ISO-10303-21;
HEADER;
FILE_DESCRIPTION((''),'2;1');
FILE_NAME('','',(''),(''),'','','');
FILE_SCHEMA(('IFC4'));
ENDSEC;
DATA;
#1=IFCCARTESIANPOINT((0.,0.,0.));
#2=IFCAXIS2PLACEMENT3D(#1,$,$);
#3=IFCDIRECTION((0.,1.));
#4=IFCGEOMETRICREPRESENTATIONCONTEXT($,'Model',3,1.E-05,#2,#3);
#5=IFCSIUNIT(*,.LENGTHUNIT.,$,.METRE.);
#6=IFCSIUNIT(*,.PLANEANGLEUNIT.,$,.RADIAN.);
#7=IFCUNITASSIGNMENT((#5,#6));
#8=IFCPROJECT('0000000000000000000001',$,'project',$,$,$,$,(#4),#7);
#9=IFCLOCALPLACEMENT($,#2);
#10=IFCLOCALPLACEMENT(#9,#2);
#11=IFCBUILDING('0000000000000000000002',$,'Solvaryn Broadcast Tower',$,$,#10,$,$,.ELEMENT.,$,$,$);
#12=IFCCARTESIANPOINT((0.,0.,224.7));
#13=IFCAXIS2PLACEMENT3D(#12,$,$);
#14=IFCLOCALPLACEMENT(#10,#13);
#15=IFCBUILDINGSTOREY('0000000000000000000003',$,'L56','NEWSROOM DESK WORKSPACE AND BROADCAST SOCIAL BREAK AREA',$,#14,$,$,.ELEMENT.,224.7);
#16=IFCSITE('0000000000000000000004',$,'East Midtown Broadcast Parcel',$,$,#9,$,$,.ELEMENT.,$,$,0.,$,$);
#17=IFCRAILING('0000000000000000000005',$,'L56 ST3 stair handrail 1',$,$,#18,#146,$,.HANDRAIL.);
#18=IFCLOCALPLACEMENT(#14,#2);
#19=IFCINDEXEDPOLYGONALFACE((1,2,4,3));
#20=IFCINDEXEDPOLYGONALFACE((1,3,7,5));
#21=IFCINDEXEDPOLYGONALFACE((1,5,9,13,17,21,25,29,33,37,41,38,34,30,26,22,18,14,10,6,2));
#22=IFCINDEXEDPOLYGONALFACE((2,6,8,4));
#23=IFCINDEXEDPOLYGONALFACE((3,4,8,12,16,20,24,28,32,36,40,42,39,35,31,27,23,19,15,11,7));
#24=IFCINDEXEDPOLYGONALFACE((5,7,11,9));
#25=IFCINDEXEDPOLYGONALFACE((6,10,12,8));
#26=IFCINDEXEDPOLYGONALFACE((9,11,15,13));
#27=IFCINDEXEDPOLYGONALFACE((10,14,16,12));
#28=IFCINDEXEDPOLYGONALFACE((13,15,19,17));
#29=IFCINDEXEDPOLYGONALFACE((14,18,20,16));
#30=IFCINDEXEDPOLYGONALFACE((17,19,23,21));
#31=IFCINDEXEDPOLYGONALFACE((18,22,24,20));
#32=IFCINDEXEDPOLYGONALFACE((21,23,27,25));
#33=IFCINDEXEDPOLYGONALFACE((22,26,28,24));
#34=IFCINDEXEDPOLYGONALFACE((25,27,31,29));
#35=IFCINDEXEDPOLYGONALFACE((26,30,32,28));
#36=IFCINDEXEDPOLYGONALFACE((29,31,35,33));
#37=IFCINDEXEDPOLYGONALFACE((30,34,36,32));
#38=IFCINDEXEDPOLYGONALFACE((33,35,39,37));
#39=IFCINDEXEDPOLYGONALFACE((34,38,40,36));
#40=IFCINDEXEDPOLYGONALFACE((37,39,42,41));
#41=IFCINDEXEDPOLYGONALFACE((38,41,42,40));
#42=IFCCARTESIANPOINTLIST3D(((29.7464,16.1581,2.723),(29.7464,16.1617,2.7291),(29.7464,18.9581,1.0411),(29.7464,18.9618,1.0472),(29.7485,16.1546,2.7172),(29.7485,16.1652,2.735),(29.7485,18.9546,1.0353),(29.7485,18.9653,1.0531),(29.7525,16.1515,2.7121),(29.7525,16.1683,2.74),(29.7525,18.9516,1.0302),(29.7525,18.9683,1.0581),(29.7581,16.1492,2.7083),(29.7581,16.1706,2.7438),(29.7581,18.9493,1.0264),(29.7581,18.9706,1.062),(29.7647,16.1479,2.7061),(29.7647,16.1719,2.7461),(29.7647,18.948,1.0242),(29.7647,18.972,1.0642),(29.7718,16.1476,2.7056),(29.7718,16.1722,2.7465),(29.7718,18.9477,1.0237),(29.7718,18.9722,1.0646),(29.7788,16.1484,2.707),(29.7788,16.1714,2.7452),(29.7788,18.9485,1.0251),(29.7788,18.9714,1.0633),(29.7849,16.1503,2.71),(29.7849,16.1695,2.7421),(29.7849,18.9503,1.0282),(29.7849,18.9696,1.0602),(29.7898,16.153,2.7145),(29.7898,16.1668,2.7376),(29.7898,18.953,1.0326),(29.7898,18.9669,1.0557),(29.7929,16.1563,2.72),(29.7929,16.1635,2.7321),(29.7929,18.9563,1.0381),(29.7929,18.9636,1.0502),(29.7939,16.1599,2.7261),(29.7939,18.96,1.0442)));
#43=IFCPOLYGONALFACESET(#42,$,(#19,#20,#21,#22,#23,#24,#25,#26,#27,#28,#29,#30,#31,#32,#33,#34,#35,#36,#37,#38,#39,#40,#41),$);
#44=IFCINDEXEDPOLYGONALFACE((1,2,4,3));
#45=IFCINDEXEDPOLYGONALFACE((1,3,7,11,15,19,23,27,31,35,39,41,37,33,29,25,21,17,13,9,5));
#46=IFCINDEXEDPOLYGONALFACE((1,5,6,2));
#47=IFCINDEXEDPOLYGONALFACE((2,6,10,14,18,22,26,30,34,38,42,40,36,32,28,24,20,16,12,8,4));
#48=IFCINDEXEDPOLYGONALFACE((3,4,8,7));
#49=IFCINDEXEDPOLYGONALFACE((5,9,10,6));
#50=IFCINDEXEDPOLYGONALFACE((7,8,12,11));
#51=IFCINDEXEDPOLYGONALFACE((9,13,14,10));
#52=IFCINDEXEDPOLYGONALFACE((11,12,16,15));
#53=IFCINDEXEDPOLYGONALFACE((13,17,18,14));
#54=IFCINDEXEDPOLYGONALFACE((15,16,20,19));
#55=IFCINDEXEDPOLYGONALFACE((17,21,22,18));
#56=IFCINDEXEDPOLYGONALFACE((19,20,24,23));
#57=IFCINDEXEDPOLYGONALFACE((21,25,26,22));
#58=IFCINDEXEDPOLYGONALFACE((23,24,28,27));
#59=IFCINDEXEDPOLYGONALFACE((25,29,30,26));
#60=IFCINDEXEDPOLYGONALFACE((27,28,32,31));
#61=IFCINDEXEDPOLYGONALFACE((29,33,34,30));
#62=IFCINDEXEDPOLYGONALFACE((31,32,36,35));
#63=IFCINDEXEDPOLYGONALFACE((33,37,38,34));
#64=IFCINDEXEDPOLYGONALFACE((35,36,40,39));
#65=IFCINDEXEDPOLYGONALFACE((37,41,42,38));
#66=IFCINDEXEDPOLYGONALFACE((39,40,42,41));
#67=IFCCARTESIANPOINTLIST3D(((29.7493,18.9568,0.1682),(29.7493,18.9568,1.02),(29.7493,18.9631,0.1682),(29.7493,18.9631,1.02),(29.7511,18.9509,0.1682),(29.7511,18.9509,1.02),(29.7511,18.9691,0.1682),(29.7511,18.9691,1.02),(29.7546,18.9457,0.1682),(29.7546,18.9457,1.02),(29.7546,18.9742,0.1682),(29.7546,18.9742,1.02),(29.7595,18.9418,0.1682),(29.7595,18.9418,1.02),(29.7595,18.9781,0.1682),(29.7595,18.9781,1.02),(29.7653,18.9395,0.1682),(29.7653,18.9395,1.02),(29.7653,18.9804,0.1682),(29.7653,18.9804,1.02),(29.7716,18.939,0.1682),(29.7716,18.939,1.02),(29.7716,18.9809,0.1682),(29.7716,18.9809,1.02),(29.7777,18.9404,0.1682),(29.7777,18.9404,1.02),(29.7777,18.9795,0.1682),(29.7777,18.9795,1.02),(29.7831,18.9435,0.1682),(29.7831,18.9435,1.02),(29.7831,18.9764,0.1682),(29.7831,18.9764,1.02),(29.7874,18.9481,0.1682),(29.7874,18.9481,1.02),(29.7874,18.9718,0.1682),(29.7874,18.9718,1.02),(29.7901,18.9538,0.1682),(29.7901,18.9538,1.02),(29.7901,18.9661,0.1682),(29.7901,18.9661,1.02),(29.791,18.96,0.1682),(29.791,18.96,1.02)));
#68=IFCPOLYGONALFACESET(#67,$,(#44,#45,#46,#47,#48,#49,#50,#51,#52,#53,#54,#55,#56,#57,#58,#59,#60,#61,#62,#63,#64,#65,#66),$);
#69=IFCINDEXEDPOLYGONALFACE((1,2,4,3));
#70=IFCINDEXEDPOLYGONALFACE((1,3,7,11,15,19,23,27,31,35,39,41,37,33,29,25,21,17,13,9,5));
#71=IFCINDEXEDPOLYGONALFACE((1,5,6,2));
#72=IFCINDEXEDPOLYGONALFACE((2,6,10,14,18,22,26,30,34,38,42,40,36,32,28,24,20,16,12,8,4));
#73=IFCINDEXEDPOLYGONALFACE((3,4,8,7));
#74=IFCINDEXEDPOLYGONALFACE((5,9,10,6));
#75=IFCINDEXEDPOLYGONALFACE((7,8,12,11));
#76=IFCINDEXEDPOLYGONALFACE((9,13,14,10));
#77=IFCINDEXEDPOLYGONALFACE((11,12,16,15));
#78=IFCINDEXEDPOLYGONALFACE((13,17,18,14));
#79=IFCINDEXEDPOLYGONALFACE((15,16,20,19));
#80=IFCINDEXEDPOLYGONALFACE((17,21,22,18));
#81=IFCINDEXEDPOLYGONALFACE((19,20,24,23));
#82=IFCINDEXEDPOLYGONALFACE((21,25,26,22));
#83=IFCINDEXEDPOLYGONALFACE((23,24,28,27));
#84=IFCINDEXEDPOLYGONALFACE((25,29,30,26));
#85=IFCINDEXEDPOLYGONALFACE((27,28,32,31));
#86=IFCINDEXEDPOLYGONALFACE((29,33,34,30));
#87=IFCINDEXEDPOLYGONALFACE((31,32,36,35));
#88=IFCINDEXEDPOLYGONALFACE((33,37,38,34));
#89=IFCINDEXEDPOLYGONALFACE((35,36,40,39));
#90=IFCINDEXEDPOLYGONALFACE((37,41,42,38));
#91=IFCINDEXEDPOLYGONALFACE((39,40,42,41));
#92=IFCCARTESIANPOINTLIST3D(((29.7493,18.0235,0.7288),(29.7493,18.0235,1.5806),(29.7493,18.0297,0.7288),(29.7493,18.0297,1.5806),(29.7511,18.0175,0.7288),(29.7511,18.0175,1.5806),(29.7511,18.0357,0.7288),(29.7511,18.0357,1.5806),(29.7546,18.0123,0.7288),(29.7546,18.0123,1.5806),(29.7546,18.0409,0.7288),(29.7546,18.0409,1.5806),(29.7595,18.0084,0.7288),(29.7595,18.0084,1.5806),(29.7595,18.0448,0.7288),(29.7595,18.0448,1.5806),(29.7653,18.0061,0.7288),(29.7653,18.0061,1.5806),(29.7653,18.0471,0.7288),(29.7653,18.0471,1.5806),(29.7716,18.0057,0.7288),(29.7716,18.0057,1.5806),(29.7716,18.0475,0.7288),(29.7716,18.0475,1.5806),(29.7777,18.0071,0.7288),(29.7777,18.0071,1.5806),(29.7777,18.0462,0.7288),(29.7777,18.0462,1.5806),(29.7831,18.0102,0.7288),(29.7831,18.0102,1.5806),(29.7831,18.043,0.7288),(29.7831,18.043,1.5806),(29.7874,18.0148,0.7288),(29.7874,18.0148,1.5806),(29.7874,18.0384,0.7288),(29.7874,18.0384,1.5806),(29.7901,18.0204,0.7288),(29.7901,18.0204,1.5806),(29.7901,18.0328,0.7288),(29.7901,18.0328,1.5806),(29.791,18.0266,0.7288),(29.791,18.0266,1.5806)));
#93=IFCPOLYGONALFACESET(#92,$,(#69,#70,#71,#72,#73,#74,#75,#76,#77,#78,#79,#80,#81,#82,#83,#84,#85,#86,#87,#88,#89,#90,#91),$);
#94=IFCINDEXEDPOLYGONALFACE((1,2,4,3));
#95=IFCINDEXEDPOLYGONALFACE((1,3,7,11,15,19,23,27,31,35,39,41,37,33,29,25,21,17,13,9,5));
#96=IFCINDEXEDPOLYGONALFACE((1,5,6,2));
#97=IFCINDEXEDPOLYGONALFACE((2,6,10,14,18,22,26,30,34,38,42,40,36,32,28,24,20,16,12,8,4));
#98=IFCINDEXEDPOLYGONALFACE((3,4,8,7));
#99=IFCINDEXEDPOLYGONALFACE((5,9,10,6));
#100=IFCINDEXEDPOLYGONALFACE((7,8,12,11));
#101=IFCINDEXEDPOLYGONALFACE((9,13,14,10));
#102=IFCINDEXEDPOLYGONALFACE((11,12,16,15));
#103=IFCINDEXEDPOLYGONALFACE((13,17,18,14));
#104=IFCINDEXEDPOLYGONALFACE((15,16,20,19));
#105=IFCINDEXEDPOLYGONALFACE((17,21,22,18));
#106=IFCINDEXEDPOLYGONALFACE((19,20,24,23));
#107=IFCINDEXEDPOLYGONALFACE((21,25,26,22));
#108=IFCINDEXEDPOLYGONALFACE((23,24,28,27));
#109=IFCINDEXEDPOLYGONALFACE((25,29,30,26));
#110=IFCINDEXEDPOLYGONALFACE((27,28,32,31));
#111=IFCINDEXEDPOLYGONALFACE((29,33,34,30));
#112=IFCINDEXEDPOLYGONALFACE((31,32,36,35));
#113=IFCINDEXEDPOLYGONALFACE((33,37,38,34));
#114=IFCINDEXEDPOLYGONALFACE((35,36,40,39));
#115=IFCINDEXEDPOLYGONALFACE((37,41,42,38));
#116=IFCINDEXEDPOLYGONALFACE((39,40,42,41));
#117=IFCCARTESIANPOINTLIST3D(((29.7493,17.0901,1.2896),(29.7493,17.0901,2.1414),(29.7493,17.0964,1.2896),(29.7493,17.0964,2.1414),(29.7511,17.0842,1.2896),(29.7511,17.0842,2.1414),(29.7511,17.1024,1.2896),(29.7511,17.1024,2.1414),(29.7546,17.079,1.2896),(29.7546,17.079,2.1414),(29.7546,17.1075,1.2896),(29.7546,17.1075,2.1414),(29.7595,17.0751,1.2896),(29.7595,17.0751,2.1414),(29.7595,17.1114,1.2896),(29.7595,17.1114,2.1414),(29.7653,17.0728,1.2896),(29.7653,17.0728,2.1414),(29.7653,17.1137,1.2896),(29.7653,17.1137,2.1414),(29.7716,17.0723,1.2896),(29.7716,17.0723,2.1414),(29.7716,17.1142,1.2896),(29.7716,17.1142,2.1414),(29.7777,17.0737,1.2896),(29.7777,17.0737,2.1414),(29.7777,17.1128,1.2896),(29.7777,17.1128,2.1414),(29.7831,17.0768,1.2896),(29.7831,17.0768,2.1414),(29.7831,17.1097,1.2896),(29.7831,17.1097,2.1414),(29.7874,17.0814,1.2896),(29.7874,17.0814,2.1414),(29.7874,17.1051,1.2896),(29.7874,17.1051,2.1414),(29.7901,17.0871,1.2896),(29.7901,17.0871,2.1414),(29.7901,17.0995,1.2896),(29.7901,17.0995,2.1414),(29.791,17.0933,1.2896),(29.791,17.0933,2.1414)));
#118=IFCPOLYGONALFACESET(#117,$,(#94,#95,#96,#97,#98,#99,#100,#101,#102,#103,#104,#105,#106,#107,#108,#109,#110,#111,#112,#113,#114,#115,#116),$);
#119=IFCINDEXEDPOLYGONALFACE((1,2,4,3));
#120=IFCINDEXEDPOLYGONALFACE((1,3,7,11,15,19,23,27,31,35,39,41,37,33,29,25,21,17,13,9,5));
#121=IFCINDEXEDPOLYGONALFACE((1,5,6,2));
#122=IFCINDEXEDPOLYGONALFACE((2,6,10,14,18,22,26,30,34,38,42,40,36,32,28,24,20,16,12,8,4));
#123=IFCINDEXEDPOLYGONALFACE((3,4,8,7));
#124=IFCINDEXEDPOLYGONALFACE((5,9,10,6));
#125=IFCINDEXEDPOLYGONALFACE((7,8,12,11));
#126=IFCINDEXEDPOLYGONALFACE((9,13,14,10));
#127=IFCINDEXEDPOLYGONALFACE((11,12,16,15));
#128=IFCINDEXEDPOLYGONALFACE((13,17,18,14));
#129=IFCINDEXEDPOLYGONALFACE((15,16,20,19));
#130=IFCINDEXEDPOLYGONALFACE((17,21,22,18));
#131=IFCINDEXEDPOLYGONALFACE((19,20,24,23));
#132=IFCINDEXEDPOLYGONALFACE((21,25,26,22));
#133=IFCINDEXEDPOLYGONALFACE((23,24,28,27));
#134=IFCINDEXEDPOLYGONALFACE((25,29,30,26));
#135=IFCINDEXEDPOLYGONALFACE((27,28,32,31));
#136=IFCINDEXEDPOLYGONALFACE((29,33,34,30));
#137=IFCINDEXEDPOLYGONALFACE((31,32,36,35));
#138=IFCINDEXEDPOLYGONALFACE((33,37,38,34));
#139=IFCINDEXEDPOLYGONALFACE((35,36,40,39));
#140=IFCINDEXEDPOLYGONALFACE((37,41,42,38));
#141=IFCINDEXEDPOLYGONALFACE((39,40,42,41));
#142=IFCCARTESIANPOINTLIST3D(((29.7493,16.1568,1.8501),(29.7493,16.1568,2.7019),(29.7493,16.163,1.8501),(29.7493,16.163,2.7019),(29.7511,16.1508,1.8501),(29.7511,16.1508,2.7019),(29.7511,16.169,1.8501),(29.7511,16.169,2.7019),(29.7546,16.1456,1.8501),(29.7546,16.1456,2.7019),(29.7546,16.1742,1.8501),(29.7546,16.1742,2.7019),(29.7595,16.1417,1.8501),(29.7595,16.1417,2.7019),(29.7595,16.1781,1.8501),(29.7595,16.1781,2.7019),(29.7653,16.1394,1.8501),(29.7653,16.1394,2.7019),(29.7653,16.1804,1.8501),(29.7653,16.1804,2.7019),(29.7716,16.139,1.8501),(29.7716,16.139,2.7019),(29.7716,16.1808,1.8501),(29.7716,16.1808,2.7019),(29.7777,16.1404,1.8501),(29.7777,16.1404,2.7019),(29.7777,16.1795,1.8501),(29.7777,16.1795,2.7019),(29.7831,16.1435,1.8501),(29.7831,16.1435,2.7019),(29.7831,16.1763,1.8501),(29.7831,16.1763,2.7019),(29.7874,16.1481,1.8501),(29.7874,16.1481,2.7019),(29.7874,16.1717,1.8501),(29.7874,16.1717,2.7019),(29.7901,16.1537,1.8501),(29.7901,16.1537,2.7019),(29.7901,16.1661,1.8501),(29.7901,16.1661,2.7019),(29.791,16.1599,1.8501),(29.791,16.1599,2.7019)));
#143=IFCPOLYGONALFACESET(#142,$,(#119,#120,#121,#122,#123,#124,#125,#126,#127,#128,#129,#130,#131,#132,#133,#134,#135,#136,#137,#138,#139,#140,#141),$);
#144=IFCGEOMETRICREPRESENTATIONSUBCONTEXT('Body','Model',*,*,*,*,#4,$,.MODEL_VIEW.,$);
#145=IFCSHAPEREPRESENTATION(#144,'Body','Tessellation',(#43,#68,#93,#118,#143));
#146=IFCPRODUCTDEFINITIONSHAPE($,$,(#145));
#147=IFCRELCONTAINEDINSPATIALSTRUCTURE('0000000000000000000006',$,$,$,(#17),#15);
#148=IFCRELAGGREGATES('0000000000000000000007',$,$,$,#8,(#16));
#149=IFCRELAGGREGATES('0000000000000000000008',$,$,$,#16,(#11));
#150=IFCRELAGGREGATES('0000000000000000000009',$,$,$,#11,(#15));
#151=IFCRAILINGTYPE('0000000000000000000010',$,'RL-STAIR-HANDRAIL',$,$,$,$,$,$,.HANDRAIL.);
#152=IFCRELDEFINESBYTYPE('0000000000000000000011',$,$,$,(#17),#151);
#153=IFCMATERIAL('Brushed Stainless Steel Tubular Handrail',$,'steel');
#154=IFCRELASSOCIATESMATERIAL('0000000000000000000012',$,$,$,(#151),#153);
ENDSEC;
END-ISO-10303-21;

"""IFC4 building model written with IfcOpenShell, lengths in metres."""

from ifc_helpers import new_model, si_unit, direction, frame, origin, origin_2d, place, context, subcontext, project, spatial, circle, extrude, material, type_object, element, save


model = new_model("IFC4")

# Units and contexts
model_context = context("Model", 3, precision=1e-05, world=origin(), true_north=direction((0.0, 1.0)))
body_context = subcontext(model_context, "Body", "Model", "MODEL_VIEW")
ifc_project = project(units=[si_unit("LENGTHUNIT", "METRE"), si_unit("PLANEANGLEUNIT", "RADIAN")], contexts=[model_context])

# Site, building, storey
site_placement = place(None, origin())
site = spatial("IfcSite", under=ifc_project, at=site_placement, Name="East Midtown Broadcast Parcel", CompositionType="ELEMENT", RefElevation=0.0)
building_placement = place(site_placement, origin())
building = spatial("IfcBuilding", under=site, at=building_placement, Name="Solvaryn Broadcast Tower", CompositionType="ELEMENT")
storey_placement = place(building_placement, frame((0.0, 0.0, 224.7)))
storey = spatial("IfcBuildingStorey", under=building, at=storey_placement, Name="L56", Description="NEWSROOM DESK WORKSPACE AND BROADCAST SOCIAL BREAK AREA", CompositionType="ELEMENT", Elevation=224.7)

# Railing
ifc_material_1 = material(Name="Brushed Stainless Steel Tubular Handrail", Category="steel")
railing_type_1 = type_object("IfcRailingType", Name="RL-STAIR-HANDRAIL", PredefinedType="HANDRAIL", material=ifc_material_1)
railing_1_placement = place(storey_placement, frame((29.77, 18.96, 0.1682)))
element("IfcRailing", 1, at=railing_1_placement, inside=storey, type_object=railing_type_1, Name="L56 ST3 stair handrail 1", PredefinedType="HANDRAIL", context=body_context, shape_type="SweptSolid", body=[
    extrude(circle(Radius=0.0239, at=origin_2d()), frame((0.0, 0.0, 0.876), z_axis=(0.0, -0.857242, 0.514913), x_axis=(1.0, 0.0, 0.0)), (0.0, 0.0, 1.0), 3.2664),
    extrude(circle(Radius=0.021, at=origin_2d()), origin(), (0.0, 0.0, 1.0), 0.8518),
    extrude(circle(Radius=0.021, at=origin_2d()), frame((0.0, -0.9333, 0.5605)), (0.0, 0.0, 1.0), 0.8518),
    extrude(circle(Radius=0.021, at=origin_2d()), frame((0.0, -1.8667, 1.1213)), (0.0, 0.0, 1.0), 0.8518),
    extrude(circle(Radius=0.021, at=origin_2d()), frame((0.0, -2.8, 1.6819)), (0.0, 0.0, 1.0), 0.8518),
])

save(model, "model.ifc")
